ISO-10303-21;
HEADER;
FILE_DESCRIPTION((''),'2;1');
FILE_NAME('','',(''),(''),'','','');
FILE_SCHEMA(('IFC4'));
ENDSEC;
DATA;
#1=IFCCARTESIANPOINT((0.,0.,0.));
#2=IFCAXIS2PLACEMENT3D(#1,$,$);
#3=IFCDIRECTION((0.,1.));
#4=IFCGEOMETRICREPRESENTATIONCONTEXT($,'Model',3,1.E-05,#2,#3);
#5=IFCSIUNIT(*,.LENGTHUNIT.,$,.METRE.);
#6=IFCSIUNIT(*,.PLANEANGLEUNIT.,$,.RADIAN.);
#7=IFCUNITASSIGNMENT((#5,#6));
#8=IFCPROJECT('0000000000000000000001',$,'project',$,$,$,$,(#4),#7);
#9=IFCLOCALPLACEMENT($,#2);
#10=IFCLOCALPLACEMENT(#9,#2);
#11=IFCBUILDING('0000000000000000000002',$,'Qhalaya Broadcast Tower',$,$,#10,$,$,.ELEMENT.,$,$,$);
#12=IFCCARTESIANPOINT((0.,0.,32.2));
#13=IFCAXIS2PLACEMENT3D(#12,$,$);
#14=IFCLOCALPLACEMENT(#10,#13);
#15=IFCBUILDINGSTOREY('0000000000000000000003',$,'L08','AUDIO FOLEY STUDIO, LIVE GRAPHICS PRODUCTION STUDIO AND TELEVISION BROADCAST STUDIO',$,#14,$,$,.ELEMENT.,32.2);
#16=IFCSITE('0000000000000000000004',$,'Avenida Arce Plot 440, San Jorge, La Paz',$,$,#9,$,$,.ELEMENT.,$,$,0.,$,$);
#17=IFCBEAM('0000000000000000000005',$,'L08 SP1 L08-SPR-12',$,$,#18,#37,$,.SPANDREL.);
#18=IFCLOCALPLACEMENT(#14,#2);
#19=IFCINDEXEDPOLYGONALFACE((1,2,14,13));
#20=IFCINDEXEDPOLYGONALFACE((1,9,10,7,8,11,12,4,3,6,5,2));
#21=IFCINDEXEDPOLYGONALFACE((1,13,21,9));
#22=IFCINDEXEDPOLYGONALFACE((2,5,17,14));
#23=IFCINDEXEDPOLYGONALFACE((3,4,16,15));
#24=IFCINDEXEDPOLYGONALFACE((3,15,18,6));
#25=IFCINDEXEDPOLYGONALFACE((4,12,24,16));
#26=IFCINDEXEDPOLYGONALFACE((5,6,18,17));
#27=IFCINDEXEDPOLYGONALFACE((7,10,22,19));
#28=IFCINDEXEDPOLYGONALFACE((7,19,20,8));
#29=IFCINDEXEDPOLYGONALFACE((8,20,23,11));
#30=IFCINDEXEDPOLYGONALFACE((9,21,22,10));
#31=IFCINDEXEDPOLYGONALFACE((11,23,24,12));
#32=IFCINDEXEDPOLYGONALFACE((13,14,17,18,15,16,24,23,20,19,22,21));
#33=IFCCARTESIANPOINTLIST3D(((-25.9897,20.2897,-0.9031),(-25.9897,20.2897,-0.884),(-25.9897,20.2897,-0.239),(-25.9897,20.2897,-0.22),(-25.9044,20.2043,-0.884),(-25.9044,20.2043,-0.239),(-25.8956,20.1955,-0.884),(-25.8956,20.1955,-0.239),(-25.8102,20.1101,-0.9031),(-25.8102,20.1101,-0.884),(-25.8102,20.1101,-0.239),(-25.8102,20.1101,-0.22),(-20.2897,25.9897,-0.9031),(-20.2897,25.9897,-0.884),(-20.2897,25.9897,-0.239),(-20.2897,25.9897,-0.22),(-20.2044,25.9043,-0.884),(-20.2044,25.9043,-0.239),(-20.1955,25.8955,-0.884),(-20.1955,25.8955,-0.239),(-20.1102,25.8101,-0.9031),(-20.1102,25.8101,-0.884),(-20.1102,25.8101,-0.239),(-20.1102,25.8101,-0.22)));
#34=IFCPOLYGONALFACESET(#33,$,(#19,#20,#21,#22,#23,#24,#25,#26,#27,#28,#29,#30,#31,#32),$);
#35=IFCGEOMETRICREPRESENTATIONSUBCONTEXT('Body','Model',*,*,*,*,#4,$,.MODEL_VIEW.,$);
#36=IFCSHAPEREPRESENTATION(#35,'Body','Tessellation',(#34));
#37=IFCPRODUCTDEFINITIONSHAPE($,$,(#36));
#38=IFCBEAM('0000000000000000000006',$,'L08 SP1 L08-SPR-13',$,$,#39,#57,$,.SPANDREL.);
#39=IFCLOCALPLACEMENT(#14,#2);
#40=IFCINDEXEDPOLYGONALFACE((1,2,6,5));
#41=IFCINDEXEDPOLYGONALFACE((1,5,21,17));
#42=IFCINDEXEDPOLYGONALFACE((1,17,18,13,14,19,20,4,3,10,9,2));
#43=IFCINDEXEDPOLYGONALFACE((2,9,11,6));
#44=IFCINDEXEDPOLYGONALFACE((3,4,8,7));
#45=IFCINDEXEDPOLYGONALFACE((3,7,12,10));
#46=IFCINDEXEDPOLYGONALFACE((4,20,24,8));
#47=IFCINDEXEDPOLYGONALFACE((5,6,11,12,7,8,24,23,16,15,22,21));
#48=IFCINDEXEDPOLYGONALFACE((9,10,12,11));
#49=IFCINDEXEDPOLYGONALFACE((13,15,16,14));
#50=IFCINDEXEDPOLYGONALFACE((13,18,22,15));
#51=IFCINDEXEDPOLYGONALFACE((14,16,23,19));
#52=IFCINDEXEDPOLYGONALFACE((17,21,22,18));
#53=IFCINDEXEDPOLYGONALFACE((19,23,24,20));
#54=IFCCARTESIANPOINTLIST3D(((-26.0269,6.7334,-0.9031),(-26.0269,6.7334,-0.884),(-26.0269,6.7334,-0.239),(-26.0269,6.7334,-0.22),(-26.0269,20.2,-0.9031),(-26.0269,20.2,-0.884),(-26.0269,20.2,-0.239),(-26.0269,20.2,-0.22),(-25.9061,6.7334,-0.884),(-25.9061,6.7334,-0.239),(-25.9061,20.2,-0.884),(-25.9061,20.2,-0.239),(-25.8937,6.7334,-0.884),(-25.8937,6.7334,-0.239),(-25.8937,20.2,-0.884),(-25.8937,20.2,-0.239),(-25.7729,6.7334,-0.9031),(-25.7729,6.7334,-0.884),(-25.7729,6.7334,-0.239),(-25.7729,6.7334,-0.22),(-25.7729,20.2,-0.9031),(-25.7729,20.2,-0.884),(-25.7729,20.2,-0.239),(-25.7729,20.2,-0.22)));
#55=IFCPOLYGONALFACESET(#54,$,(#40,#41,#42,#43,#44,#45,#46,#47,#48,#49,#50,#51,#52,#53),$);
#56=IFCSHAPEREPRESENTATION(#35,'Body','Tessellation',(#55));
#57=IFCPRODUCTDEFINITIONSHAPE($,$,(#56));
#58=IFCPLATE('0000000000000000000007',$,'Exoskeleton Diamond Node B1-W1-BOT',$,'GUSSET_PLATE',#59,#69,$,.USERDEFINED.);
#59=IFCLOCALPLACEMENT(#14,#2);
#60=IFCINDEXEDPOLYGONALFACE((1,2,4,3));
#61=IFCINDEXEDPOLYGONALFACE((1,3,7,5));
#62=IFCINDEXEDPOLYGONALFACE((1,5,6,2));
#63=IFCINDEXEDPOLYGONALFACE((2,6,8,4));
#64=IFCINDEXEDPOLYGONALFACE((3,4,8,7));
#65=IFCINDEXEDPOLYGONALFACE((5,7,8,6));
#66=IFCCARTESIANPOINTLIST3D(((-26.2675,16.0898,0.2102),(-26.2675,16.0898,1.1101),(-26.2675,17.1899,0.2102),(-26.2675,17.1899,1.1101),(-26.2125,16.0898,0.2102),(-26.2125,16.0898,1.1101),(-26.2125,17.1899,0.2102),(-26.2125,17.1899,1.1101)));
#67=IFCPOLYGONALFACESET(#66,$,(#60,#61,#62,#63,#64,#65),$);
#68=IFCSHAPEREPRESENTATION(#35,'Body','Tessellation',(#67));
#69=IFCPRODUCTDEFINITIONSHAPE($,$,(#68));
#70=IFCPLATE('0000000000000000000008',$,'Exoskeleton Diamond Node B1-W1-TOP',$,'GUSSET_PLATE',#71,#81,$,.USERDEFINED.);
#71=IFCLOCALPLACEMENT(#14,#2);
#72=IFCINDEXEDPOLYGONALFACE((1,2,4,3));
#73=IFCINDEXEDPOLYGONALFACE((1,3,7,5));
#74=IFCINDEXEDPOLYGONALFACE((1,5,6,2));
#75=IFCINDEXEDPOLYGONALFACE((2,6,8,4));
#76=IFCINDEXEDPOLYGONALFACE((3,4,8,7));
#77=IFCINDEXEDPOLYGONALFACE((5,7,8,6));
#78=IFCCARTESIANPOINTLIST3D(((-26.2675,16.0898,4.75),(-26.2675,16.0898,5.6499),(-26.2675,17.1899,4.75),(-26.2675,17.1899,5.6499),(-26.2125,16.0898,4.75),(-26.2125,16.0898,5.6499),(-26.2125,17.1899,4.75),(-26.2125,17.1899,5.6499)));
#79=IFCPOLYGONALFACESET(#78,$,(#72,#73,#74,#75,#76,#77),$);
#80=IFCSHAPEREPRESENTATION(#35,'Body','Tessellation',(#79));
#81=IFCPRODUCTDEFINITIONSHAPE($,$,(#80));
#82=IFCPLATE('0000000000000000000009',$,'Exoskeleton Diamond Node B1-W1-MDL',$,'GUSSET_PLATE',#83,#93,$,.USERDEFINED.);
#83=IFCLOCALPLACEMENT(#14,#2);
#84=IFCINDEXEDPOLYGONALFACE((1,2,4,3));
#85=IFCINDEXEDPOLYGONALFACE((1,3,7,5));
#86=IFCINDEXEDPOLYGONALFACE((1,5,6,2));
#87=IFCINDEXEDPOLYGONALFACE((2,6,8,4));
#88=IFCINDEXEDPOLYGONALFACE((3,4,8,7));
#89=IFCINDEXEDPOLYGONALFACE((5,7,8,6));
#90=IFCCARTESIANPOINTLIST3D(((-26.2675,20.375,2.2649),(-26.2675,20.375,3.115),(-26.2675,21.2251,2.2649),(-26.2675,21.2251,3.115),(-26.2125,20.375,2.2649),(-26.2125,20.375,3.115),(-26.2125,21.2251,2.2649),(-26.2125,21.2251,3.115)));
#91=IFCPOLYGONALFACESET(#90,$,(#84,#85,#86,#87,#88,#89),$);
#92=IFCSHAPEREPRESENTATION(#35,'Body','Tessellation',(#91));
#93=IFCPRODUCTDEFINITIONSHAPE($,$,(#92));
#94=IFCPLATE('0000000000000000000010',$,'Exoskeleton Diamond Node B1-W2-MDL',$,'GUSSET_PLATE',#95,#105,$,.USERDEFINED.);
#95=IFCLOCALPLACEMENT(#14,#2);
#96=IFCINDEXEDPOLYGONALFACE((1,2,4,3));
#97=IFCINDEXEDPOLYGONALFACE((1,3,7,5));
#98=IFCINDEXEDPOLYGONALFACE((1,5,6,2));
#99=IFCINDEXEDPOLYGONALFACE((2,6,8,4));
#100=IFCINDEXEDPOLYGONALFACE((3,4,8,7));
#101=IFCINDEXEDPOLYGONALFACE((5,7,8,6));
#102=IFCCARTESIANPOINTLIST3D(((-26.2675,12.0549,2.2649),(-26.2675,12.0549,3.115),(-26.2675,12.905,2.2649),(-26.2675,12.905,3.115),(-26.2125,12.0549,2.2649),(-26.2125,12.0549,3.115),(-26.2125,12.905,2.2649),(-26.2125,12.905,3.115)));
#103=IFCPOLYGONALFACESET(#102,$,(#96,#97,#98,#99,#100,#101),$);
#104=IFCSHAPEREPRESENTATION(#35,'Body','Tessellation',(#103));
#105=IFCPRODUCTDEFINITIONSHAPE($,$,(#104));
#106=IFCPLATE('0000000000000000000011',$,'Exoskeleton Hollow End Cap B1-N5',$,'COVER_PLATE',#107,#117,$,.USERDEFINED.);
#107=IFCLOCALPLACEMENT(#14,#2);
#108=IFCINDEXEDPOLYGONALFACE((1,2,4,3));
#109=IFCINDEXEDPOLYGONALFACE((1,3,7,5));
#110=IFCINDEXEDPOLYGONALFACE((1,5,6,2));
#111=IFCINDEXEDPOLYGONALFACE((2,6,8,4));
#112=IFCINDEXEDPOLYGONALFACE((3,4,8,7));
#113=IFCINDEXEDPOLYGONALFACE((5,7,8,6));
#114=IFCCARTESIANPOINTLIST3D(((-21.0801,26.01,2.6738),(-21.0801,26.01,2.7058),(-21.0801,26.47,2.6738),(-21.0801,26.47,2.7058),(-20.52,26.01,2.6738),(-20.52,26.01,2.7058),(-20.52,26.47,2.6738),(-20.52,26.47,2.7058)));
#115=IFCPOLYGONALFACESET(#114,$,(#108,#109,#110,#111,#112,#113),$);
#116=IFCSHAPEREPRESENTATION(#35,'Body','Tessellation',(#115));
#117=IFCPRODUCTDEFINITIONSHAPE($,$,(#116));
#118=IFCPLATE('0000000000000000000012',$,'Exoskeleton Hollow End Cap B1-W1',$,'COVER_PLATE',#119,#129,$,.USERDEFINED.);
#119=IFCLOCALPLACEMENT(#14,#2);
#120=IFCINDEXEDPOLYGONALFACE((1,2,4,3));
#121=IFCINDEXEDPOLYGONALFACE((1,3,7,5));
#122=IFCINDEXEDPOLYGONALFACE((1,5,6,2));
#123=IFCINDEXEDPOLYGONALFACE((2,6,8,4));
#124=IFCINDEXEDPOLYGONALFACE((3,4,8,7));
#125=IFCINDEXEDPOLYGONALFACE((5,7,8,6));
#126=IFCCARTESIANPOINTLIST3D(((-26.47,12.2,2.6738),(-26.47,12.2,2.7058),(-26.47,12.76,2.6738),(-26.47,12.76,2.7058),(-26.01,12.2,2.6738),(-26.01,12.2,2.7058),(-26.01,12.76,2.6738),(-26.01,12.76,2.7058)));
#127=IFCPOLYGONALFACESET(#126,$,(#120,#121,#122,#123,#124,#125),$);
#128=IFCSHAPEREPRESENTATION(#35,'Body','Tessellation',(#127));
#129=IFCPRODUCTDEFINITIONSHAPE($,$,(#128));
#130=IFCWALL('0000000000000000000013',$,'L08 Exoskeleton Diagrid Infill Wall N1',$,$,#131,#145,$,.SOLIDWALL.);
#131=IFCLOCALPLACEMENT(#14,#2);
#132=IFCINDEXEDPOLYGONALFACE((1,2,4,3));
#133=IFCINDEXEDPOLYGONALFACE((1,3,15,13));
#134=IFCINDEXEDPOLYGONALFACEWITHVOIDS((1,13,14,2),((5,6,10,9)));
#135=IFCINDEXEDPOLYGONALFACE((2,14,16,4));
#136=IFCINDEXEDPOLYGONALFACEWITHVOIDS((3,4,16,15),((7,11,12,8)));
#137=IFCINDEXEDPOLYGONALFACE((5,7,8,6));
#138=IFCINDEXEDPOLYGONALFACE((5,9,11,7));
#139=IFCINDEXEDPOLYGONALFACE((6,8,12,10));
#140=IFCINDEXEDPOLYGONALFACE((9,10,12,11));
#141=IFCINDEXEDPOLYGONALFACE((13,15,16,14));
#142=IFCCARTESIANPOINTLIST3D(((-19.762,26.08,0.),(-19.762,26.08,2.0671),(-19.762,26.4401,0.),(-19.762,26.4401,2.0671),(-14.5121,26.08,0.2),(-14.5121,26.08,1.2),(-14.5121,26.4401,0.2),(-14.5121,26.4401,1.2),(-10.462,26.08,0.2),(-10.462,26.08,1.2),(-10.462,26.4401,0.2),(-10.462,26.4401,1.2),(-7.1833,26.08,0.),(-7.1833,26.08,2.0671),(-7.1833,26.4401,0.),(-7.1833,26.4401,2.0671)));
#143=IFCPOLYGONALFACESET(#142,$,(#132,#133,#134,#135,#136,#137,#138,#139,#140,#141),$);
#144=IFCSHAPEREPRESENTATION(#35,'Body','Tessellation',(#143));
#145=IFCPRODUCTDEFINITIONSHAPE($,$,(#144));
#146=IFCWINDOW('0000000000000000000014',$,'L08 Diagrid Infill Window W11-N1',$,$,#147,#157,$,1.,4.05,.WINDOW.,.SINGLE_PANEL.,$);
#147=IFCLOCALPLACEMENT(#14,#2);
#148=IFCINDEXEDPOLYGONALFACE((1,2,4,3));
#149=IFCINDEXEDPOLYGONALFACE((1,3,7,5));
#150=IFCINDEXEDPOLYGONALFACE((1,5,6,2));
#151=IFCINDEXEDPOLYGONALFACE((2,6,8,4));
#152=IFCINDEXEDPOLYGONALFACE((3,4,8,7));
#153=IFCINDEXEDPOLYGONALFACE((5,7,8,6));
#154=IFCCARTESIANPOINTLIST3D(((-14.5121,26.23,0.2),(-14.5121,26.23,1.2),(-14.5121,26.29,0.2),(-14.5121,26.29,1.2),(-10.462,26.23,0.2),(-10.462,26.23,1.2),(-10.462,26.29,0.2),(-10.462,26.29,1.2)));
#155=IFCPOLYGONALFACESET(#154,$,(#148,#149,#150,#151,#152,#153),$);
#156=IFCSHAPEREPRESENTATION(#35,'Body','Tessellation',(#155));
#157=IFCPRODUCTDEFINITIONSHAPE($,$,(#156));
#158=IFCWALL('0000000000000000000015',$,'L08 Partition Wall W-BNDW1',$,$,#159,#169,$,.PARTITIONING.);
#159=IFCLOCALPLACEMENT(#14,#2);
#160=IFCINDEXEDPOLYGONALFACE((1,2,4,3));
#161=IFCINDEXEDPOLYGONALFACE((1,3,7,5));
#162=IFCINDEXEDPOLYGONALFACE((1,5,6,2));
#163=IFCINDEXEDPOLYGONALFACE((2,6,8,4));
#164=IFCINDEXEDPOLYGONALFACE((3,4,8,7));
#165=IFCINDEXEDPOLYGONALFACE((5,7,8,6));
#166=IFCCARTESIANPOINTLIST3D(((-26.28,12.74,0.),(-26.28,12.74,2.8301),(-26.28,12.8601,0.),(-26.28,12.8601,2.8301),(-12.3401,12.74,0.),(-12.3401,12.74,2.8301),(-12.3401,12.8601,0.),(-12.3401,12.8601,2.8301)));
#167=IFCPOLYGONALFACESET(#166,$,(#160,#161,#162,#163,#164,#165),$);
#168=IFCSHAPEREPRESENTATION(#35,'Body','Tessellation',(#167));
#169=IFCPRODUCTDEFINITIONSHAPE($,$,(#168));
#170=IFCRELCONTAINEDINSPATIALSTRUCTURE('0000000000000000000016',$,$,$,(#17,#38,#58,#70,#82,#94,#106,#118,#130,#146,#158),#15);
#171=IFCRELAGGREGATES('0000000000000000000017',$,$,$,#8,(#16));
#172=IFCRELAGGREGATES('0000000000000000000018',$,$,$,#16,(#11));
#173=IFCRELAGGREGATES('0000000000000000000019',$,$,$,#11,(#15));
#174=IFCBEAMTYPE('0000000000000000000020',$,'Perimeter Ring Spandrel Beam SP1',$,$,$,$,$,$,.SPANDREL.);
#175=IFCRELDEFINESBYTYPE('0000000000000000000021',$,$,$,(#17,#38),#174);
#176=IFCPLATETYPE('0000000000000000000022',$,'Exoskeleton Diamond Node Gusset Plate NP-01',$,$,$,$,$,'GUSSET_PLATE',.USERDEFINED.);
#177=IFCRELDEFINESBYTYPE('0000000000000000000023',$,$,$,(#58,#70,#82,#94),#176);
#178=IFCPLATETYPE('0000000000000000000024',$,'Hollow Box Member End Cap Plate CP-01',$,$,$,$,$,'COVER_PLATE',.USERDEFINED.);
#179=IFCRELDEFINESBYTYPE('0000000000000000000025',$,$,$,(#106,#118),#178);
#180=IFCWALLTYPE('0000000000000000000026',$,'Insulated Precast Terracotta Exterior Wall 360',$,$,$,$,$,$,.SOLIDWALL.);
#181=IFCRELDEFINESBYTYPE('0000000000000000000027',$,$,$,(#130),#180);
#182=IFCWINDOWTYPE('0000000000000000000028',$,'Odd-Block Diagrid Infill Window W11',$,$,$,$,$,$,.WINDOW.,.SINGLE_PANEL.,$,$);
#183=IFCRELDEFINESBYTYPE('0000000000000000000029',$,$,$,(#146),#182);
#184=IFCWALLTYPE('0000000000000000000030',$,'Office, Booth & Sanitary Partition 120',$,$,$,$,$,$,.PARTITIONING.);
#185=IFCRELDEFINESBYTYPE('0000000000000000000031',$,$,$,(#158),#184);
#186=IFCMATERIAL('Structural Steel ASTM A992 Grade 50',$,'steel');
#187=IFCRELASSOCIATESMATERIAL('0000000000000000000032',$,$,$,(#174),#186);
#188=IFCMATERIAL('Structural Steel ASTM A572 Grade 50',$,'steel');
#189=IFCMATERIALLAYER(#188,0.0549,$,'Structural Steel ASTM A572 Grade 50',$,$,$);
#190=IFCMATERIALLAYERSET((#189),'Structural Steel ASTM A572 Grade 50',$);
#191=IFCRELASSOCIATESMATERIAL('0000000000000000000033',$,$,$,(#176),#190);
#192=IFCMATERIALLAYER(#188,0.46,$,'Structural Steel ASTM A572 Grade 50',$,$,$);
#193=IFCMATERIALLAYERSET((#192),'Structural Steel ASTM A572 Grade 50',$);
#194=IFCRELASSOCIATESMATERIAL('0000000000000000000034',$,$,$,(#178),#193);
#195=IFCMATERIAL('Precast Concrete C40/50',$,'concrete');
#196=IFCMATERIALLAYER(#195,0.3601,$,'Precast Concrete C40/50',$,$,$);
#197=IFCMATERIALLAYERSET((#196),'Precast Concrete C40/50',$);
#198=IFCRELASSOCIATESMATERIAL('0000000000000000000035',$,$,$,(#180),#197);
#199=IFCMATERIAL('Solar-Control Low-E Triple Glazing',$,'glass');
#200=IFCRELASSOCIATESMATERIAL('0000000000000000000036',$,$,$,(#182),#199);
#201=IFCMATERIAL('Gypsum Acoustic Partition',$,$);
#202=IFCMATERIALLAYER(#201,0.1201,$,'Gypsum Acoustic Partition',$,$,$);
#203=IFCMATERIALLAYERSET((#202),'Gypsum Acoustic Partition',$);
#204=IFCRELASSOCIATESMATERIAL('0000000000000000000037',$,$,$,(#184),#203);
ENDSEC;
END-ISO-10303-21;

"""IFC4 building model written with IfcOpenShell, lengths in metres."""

from ifc_helpers import new_model, si_unit, direction, frame, frame_2d, origin, origin_2d, place, context, subcontext, project, spatial, rectangle, i_section, extrude, material, layer, layer_set, material_profile, profile_set, type_object, element, fill, save


model = new_model("IFC4")

# Units and contexts
model_context = context("Model", 3, precision=1e-05, world=origin(), true_north=direction((0.0, 1.0)))
body_context = subcontext(model_context, "Body", "Model", "MODEL_VIEW")
ifc_project = project(units=[si_unit("LENGTHUNIT", "METRE"), si_unit("PLANEANGLEUNIT", "RADIAN")], contexts=[model_context])

# Site, building, storey
site_placement = place(None, origin())
site = spatial("IfcSite", under=ifc_project, at=site_placement, Name="Avenida Arce Plot 440, San Jorge, La Paz", CompositionType="ELEMENT", RefElevation=0.0)
building_placement = place(site_placement, origin())
building = spatial("IfcBuilding", under=site, at=building_placement, Name="Qhalaya Broadcast Tower", CompositionType="ELEMENT")
storey_placement = place(building_placement, frame((0.0, 0.0, 32.2)))
storey = spatial("IfcBuildingStorey", under=building, at=storey_placement, Name="L08", Description="AUDIO FOLEY STUDIO, LIVE GRAPHICS PRODUCTION STUDIO AND TELEVISION BROADCAST STUDIO", CompositionType="ELEMENT", Elevation=32.2)

# Shared definitions
ifc_material_1 = material(Name="Structural Steel ASTM A572 Grade 50", Category="steel")

# Shared definitions
ifc_material_2 = material(Name="Structural Steel ASTM A992 Grade 50", Category="steel")

# Beams
ifc_material_profile_1 = material_profile(ifc_material_2, i_section(OverallWidth=0.2539, OverallDepth=0.6831, WebThickness=0.0125, FlangeThickness=0.019, at=origin_2d()), Name="W27X94")
ifc_profile_set_1 = profile_set([ifc_material_profile_1], Name="Structural Steel ASTM A992 Grade 50")
beam_type_1 = type_object("IfcBeamType", Name="Perimeter Ring Spandrel Beam SP1", PredefinedType="SPANDREL", material=ifc_profile_set_1)
beam_1_placement = place(storey_placement, frame((-20.2, 25.8999, -0.5615), z_axis=(-0.707107, -0.707107, 0.0), x_axis=(0.707107, -0.707107, 0.0)))
element("IfcBeam", 1, at=beam_1_placement, inside=storey, type_object=beam_type_1, Name="L08 SP1 L08-SPR-12", PredefinedType="SPANDREL", context=body_context, shape_type="SweptSolid", body=[
    extrude(i_section(OverallWidth=0.2539, OverallDepth=0.6831, WebThickness=0.0125, FlangeThickness=0.019, at=origin_2d()), origin(), (0.0, 0.0, 1.0), 8.061),
])
beam_2_placement = place(storey_placement, frame((-25.8999, 20.2, -0.5615), z_axis=(0.0, -1.0, 0.0), x_axis=(1.0, 0.0, 0.0)))
element("IfcBeam", 2, at=beam_2_placement, inside=storey, type_object=beam_type_1, Name="L08 SP1 L08-SPR-13", PredefinedType="SPANDREL", context=body_context, shape_type="SweptSolid", body=[
    extrude(i_section(OverallWidth=0.2539, OverallDepth=0.6831, WebThickness=0.0125, FlangeThickness=0.019, at=origin_2d()), origin(), (0.0, 0.0, 1.0), 13.4666),
])

# Plates
ifc_layer_1 = layer(ifc_material_1, 0.0549, Name="Structural Steel ASTM A572 Grade 50")
ifc_layer_set_1 = layer_set([ifc_layer_1], Name="Structural Steel ASTM A572 Grade 50")
plate_type_1 = type_object("IfcPlateType", Name="Exoskeleton Diamond Node Gusset Plate NP-01", ElementType="GUSSET_PLATE", PredefinedType="USERDEFINED", material=ifc_layer_set_1)
for number, where, z_axis, x_axis, name in (
    (3, (-26.24, 16.6399, 0.2102), (0.0, 0.0, 1.0), (0.0, 1.0, 0.0), "Exoskeleton Diamond Node B1-W1-BOT"),
    (4, (-26.24, 16.6399, 4.75), (0.0, 0.0, 1.0), (0.0, 1.0, 0.0), "Exoskeleton Diamond Node B1-W1-TOP"),
):
    element("IfcPlate", number, at=place(storey_placement, frame(where, z_axis=z_axis, x_axis=x_axis)), inside=storey, type_object=plate_type_1, Name=name, ObjectType="GUSSET_PLATE", PredefinedType="USERDEFINED", context=body_context, shape_type="SweptSolid", body=[
        extrude(rectangle(XDim=1.1001, YDim=0.0549, at=origin_2d()), origin(), (0.0, 0.0, 1.0), 0.8999),
    ])
for number, where, z_axis, x_axis, name in (
    (5, (-26.24, 20.8, 2.2649), (0.0, 0.0, 1.0), (0.0, 1.0, 0.0), "Exoskeleton Diamond Node B1-W1-MDL"),
    (6, (-26.24, 12.48, 2.2649), (0.0, 0.0, 1.0), (0.0, 1.0, 0.0), "Exoskeleton Diamond Node B1-W2-MDL"),
):
    element("IfcPlate", number, at=place(storey_placement, frame(where, z_axis=z_axis, x_axis=x_axis)), inside=storey, type_object=plate_type_1, Name=name, ObjectType="GUSSET_PLATE", PredefinedType="USERDEFINED", context=body_context, shape_type="SweptSolid", body=[
        extrude(rectangle(XDim=0.8501, YDim=0.0549, at=origin_2d()), origin(), (0.0, 0.0, 1.0), 0.8501),
    ])
ifc_layer_2 = layer(ifc_material_1, 0.46, Name="Structural Steel ASTM A572 Grade 50")
ifc_layer_set_2 = layer_set([ifc_layer_2], Name="Structural Steel ASTM A572 Grade 50")
plate_type_2 = type_object("IfcPlateType", Name="Hollow Box Member End Cap Plate CP-01", ElementType="COVER_PLATE", PredefinedType="USERDEFINED", material=ifc_layer_set_2)
for number, where, z_axis, x_axis, name in (
    (7, (-20.8, 26.24, 2.6738), (0.0, 0.0, 1.0), (1.0, 0.0, 0.0), "Exoskeleton Hollow End Cap B1-N5"),
    (8, (-26.24, 12.48, 2.6738), (0.0, 0.0, 1.0), (0.0, 1.0, 0.0), "Exoskeleton Hollow End Cap B1-W1"),
):
    element("IfcPlate", number, at=place(storey_placement, frame(where, z_axis=z_axis, x_axis=x_axis)), inside=storey, type_object=plate_type_2, Name=name, ObjectType="COVER_PLATE", PredefinedType="USERDEFINED", context=body_context, shape_type="SweptSolid", body=[
        extrude(rectangle(XDim=0.5601, YDim=0.46, at=origin_2d()), origin(), (0.0, 0.0, 1.0), 0.032),
    ])

# Wall, opening, window
ifc_material_3 = material(Name="Precast Concrete C40/50", Category="concrete")
ifc_layer_3 = layer(ifc_material_3, 0.3601, Name="Precast Concrete C40/50")
ifc_layer_set_3 = layer_set([ifc_layer_3], Name="Precast Concrete C40/50")
wall_type_1 = type_object("IfcWallType", Name="Insulated Precast Terracotta Exterior Wall 360", PredefinedType="SOLIDWALL", material=ifc_layer_set_3)
wall_1_placement = place(storey_placement, frame((-19.762, 26.26, 0.0), z_axis=(0.0, 0.0, 1.0), x_axis=(1.0, 0.0, 0.0)))
wall_1 = element("IfcWall", 9, at=wall_1_placement, inside=storey, type_object=wall_type_1, Name="L08 Exoskeleton Diagrid Infill Wall N1", PredefinedType="SOLIDWALL", context=body_context, shape_type="SweptSolid", body=[
    extrude(rectangle(XDim=12.5786, YDim=0.3601, at=frame_2d((6.2893, 0.0))), origin(), (0.0, 0.0, 1.0), 2.0671),
])
opening_placement = place(wall_1_placement, frame((5.25, 0.0, 0.2)))
opening = element("IfcOpeningElement", 10, at=opening_placement, cuts=wall_1, PredefinedType="OPENING", context=body_context, shape_type="SweptSolid", body=[
    extrude(rectangle(XDim=4.05, YDim=1.0, at=frame_2d((2.0249, 0.5))), frame((0.0, 0.1921, 0.0), z_axis=(0.0, -1.0, 0.0), x_axis=(1.0, 0.0, 0.0)), (0.0, 0.0, 1.0), 0.384),
])
ifc_material_4 = material(Name="Solar-Control Low-E Triple Glazing", Category="glass")
window_type = type_object("IfcWindowType", Name="Odd-Block Diagrid Infill Window W11", PartitioningType="SINGLE_PANEL", PredefinedType="WINDOW", material=ifc_material_4)
window_placement = place(opening_placement, origin())
window = element("IfcWindow", 11, at=window_placement, inside=storey, type_object=window_type, Name="L08 Diagrid Infill Window W11-N1", OverallHeight=1.0, OverallWidth=4.05, PartitioningType="SINGLE_PANEL", PredefinedType="WINDOW", context=body_context, shape_type="SweptSolid", body=[
    extrude(rectangle(XDim=4.05, YDim=1.0, at=frame_2d((2.0249, 0.5))), frame((0.0, 0.03, 0.0), z_axis=(0.0, -1.0, 0.0), x_axis=(1.0, 0.0, 0.0)), (0.0, 0.0, 1.0), 0.0601),
])
fill(opening, window)

# Wall
ifc_material_5 = material(Name="Gypsum Acoustic Partition")
ifc_layer_4 = layer(ifc_material_5, 0.1201, Name="Gypsum Acoustic Partition")
ifc_layer_set_4 = layer_set([ifc_layer_4], Name="Gypsum Acoustic Partition")
wall_type_2 = type_object("IfcWallType", Name="Office, Booth & Sanitary Partition 120", PredefinedType="PARTITIONING", material=ifc_layer_set_4)
wall_2_placement = place(storey_placement, frame((-26.28, 12.8, 0.0), z_axis=(0.0, 0.0, 1.0), x_axis=(1.0, 0.0, 0.0)))
element("IfcWall", 12, at=wall_2_placement, inside=storey, type_object=wall_type_2, Name="L08 Partition Wall W-BNDW1", PredefinedType="PARTITIONING", context=body_context, shape_type="SweptSolid", body=[
    extrude(rectangle(XDim=13.9399, YDim=0.1201, at=frame_2d((6.97, 0.0))), origin(), (0.0, 0.0, 1.0), 2.8301),
])

save(model, "model.ifc")
